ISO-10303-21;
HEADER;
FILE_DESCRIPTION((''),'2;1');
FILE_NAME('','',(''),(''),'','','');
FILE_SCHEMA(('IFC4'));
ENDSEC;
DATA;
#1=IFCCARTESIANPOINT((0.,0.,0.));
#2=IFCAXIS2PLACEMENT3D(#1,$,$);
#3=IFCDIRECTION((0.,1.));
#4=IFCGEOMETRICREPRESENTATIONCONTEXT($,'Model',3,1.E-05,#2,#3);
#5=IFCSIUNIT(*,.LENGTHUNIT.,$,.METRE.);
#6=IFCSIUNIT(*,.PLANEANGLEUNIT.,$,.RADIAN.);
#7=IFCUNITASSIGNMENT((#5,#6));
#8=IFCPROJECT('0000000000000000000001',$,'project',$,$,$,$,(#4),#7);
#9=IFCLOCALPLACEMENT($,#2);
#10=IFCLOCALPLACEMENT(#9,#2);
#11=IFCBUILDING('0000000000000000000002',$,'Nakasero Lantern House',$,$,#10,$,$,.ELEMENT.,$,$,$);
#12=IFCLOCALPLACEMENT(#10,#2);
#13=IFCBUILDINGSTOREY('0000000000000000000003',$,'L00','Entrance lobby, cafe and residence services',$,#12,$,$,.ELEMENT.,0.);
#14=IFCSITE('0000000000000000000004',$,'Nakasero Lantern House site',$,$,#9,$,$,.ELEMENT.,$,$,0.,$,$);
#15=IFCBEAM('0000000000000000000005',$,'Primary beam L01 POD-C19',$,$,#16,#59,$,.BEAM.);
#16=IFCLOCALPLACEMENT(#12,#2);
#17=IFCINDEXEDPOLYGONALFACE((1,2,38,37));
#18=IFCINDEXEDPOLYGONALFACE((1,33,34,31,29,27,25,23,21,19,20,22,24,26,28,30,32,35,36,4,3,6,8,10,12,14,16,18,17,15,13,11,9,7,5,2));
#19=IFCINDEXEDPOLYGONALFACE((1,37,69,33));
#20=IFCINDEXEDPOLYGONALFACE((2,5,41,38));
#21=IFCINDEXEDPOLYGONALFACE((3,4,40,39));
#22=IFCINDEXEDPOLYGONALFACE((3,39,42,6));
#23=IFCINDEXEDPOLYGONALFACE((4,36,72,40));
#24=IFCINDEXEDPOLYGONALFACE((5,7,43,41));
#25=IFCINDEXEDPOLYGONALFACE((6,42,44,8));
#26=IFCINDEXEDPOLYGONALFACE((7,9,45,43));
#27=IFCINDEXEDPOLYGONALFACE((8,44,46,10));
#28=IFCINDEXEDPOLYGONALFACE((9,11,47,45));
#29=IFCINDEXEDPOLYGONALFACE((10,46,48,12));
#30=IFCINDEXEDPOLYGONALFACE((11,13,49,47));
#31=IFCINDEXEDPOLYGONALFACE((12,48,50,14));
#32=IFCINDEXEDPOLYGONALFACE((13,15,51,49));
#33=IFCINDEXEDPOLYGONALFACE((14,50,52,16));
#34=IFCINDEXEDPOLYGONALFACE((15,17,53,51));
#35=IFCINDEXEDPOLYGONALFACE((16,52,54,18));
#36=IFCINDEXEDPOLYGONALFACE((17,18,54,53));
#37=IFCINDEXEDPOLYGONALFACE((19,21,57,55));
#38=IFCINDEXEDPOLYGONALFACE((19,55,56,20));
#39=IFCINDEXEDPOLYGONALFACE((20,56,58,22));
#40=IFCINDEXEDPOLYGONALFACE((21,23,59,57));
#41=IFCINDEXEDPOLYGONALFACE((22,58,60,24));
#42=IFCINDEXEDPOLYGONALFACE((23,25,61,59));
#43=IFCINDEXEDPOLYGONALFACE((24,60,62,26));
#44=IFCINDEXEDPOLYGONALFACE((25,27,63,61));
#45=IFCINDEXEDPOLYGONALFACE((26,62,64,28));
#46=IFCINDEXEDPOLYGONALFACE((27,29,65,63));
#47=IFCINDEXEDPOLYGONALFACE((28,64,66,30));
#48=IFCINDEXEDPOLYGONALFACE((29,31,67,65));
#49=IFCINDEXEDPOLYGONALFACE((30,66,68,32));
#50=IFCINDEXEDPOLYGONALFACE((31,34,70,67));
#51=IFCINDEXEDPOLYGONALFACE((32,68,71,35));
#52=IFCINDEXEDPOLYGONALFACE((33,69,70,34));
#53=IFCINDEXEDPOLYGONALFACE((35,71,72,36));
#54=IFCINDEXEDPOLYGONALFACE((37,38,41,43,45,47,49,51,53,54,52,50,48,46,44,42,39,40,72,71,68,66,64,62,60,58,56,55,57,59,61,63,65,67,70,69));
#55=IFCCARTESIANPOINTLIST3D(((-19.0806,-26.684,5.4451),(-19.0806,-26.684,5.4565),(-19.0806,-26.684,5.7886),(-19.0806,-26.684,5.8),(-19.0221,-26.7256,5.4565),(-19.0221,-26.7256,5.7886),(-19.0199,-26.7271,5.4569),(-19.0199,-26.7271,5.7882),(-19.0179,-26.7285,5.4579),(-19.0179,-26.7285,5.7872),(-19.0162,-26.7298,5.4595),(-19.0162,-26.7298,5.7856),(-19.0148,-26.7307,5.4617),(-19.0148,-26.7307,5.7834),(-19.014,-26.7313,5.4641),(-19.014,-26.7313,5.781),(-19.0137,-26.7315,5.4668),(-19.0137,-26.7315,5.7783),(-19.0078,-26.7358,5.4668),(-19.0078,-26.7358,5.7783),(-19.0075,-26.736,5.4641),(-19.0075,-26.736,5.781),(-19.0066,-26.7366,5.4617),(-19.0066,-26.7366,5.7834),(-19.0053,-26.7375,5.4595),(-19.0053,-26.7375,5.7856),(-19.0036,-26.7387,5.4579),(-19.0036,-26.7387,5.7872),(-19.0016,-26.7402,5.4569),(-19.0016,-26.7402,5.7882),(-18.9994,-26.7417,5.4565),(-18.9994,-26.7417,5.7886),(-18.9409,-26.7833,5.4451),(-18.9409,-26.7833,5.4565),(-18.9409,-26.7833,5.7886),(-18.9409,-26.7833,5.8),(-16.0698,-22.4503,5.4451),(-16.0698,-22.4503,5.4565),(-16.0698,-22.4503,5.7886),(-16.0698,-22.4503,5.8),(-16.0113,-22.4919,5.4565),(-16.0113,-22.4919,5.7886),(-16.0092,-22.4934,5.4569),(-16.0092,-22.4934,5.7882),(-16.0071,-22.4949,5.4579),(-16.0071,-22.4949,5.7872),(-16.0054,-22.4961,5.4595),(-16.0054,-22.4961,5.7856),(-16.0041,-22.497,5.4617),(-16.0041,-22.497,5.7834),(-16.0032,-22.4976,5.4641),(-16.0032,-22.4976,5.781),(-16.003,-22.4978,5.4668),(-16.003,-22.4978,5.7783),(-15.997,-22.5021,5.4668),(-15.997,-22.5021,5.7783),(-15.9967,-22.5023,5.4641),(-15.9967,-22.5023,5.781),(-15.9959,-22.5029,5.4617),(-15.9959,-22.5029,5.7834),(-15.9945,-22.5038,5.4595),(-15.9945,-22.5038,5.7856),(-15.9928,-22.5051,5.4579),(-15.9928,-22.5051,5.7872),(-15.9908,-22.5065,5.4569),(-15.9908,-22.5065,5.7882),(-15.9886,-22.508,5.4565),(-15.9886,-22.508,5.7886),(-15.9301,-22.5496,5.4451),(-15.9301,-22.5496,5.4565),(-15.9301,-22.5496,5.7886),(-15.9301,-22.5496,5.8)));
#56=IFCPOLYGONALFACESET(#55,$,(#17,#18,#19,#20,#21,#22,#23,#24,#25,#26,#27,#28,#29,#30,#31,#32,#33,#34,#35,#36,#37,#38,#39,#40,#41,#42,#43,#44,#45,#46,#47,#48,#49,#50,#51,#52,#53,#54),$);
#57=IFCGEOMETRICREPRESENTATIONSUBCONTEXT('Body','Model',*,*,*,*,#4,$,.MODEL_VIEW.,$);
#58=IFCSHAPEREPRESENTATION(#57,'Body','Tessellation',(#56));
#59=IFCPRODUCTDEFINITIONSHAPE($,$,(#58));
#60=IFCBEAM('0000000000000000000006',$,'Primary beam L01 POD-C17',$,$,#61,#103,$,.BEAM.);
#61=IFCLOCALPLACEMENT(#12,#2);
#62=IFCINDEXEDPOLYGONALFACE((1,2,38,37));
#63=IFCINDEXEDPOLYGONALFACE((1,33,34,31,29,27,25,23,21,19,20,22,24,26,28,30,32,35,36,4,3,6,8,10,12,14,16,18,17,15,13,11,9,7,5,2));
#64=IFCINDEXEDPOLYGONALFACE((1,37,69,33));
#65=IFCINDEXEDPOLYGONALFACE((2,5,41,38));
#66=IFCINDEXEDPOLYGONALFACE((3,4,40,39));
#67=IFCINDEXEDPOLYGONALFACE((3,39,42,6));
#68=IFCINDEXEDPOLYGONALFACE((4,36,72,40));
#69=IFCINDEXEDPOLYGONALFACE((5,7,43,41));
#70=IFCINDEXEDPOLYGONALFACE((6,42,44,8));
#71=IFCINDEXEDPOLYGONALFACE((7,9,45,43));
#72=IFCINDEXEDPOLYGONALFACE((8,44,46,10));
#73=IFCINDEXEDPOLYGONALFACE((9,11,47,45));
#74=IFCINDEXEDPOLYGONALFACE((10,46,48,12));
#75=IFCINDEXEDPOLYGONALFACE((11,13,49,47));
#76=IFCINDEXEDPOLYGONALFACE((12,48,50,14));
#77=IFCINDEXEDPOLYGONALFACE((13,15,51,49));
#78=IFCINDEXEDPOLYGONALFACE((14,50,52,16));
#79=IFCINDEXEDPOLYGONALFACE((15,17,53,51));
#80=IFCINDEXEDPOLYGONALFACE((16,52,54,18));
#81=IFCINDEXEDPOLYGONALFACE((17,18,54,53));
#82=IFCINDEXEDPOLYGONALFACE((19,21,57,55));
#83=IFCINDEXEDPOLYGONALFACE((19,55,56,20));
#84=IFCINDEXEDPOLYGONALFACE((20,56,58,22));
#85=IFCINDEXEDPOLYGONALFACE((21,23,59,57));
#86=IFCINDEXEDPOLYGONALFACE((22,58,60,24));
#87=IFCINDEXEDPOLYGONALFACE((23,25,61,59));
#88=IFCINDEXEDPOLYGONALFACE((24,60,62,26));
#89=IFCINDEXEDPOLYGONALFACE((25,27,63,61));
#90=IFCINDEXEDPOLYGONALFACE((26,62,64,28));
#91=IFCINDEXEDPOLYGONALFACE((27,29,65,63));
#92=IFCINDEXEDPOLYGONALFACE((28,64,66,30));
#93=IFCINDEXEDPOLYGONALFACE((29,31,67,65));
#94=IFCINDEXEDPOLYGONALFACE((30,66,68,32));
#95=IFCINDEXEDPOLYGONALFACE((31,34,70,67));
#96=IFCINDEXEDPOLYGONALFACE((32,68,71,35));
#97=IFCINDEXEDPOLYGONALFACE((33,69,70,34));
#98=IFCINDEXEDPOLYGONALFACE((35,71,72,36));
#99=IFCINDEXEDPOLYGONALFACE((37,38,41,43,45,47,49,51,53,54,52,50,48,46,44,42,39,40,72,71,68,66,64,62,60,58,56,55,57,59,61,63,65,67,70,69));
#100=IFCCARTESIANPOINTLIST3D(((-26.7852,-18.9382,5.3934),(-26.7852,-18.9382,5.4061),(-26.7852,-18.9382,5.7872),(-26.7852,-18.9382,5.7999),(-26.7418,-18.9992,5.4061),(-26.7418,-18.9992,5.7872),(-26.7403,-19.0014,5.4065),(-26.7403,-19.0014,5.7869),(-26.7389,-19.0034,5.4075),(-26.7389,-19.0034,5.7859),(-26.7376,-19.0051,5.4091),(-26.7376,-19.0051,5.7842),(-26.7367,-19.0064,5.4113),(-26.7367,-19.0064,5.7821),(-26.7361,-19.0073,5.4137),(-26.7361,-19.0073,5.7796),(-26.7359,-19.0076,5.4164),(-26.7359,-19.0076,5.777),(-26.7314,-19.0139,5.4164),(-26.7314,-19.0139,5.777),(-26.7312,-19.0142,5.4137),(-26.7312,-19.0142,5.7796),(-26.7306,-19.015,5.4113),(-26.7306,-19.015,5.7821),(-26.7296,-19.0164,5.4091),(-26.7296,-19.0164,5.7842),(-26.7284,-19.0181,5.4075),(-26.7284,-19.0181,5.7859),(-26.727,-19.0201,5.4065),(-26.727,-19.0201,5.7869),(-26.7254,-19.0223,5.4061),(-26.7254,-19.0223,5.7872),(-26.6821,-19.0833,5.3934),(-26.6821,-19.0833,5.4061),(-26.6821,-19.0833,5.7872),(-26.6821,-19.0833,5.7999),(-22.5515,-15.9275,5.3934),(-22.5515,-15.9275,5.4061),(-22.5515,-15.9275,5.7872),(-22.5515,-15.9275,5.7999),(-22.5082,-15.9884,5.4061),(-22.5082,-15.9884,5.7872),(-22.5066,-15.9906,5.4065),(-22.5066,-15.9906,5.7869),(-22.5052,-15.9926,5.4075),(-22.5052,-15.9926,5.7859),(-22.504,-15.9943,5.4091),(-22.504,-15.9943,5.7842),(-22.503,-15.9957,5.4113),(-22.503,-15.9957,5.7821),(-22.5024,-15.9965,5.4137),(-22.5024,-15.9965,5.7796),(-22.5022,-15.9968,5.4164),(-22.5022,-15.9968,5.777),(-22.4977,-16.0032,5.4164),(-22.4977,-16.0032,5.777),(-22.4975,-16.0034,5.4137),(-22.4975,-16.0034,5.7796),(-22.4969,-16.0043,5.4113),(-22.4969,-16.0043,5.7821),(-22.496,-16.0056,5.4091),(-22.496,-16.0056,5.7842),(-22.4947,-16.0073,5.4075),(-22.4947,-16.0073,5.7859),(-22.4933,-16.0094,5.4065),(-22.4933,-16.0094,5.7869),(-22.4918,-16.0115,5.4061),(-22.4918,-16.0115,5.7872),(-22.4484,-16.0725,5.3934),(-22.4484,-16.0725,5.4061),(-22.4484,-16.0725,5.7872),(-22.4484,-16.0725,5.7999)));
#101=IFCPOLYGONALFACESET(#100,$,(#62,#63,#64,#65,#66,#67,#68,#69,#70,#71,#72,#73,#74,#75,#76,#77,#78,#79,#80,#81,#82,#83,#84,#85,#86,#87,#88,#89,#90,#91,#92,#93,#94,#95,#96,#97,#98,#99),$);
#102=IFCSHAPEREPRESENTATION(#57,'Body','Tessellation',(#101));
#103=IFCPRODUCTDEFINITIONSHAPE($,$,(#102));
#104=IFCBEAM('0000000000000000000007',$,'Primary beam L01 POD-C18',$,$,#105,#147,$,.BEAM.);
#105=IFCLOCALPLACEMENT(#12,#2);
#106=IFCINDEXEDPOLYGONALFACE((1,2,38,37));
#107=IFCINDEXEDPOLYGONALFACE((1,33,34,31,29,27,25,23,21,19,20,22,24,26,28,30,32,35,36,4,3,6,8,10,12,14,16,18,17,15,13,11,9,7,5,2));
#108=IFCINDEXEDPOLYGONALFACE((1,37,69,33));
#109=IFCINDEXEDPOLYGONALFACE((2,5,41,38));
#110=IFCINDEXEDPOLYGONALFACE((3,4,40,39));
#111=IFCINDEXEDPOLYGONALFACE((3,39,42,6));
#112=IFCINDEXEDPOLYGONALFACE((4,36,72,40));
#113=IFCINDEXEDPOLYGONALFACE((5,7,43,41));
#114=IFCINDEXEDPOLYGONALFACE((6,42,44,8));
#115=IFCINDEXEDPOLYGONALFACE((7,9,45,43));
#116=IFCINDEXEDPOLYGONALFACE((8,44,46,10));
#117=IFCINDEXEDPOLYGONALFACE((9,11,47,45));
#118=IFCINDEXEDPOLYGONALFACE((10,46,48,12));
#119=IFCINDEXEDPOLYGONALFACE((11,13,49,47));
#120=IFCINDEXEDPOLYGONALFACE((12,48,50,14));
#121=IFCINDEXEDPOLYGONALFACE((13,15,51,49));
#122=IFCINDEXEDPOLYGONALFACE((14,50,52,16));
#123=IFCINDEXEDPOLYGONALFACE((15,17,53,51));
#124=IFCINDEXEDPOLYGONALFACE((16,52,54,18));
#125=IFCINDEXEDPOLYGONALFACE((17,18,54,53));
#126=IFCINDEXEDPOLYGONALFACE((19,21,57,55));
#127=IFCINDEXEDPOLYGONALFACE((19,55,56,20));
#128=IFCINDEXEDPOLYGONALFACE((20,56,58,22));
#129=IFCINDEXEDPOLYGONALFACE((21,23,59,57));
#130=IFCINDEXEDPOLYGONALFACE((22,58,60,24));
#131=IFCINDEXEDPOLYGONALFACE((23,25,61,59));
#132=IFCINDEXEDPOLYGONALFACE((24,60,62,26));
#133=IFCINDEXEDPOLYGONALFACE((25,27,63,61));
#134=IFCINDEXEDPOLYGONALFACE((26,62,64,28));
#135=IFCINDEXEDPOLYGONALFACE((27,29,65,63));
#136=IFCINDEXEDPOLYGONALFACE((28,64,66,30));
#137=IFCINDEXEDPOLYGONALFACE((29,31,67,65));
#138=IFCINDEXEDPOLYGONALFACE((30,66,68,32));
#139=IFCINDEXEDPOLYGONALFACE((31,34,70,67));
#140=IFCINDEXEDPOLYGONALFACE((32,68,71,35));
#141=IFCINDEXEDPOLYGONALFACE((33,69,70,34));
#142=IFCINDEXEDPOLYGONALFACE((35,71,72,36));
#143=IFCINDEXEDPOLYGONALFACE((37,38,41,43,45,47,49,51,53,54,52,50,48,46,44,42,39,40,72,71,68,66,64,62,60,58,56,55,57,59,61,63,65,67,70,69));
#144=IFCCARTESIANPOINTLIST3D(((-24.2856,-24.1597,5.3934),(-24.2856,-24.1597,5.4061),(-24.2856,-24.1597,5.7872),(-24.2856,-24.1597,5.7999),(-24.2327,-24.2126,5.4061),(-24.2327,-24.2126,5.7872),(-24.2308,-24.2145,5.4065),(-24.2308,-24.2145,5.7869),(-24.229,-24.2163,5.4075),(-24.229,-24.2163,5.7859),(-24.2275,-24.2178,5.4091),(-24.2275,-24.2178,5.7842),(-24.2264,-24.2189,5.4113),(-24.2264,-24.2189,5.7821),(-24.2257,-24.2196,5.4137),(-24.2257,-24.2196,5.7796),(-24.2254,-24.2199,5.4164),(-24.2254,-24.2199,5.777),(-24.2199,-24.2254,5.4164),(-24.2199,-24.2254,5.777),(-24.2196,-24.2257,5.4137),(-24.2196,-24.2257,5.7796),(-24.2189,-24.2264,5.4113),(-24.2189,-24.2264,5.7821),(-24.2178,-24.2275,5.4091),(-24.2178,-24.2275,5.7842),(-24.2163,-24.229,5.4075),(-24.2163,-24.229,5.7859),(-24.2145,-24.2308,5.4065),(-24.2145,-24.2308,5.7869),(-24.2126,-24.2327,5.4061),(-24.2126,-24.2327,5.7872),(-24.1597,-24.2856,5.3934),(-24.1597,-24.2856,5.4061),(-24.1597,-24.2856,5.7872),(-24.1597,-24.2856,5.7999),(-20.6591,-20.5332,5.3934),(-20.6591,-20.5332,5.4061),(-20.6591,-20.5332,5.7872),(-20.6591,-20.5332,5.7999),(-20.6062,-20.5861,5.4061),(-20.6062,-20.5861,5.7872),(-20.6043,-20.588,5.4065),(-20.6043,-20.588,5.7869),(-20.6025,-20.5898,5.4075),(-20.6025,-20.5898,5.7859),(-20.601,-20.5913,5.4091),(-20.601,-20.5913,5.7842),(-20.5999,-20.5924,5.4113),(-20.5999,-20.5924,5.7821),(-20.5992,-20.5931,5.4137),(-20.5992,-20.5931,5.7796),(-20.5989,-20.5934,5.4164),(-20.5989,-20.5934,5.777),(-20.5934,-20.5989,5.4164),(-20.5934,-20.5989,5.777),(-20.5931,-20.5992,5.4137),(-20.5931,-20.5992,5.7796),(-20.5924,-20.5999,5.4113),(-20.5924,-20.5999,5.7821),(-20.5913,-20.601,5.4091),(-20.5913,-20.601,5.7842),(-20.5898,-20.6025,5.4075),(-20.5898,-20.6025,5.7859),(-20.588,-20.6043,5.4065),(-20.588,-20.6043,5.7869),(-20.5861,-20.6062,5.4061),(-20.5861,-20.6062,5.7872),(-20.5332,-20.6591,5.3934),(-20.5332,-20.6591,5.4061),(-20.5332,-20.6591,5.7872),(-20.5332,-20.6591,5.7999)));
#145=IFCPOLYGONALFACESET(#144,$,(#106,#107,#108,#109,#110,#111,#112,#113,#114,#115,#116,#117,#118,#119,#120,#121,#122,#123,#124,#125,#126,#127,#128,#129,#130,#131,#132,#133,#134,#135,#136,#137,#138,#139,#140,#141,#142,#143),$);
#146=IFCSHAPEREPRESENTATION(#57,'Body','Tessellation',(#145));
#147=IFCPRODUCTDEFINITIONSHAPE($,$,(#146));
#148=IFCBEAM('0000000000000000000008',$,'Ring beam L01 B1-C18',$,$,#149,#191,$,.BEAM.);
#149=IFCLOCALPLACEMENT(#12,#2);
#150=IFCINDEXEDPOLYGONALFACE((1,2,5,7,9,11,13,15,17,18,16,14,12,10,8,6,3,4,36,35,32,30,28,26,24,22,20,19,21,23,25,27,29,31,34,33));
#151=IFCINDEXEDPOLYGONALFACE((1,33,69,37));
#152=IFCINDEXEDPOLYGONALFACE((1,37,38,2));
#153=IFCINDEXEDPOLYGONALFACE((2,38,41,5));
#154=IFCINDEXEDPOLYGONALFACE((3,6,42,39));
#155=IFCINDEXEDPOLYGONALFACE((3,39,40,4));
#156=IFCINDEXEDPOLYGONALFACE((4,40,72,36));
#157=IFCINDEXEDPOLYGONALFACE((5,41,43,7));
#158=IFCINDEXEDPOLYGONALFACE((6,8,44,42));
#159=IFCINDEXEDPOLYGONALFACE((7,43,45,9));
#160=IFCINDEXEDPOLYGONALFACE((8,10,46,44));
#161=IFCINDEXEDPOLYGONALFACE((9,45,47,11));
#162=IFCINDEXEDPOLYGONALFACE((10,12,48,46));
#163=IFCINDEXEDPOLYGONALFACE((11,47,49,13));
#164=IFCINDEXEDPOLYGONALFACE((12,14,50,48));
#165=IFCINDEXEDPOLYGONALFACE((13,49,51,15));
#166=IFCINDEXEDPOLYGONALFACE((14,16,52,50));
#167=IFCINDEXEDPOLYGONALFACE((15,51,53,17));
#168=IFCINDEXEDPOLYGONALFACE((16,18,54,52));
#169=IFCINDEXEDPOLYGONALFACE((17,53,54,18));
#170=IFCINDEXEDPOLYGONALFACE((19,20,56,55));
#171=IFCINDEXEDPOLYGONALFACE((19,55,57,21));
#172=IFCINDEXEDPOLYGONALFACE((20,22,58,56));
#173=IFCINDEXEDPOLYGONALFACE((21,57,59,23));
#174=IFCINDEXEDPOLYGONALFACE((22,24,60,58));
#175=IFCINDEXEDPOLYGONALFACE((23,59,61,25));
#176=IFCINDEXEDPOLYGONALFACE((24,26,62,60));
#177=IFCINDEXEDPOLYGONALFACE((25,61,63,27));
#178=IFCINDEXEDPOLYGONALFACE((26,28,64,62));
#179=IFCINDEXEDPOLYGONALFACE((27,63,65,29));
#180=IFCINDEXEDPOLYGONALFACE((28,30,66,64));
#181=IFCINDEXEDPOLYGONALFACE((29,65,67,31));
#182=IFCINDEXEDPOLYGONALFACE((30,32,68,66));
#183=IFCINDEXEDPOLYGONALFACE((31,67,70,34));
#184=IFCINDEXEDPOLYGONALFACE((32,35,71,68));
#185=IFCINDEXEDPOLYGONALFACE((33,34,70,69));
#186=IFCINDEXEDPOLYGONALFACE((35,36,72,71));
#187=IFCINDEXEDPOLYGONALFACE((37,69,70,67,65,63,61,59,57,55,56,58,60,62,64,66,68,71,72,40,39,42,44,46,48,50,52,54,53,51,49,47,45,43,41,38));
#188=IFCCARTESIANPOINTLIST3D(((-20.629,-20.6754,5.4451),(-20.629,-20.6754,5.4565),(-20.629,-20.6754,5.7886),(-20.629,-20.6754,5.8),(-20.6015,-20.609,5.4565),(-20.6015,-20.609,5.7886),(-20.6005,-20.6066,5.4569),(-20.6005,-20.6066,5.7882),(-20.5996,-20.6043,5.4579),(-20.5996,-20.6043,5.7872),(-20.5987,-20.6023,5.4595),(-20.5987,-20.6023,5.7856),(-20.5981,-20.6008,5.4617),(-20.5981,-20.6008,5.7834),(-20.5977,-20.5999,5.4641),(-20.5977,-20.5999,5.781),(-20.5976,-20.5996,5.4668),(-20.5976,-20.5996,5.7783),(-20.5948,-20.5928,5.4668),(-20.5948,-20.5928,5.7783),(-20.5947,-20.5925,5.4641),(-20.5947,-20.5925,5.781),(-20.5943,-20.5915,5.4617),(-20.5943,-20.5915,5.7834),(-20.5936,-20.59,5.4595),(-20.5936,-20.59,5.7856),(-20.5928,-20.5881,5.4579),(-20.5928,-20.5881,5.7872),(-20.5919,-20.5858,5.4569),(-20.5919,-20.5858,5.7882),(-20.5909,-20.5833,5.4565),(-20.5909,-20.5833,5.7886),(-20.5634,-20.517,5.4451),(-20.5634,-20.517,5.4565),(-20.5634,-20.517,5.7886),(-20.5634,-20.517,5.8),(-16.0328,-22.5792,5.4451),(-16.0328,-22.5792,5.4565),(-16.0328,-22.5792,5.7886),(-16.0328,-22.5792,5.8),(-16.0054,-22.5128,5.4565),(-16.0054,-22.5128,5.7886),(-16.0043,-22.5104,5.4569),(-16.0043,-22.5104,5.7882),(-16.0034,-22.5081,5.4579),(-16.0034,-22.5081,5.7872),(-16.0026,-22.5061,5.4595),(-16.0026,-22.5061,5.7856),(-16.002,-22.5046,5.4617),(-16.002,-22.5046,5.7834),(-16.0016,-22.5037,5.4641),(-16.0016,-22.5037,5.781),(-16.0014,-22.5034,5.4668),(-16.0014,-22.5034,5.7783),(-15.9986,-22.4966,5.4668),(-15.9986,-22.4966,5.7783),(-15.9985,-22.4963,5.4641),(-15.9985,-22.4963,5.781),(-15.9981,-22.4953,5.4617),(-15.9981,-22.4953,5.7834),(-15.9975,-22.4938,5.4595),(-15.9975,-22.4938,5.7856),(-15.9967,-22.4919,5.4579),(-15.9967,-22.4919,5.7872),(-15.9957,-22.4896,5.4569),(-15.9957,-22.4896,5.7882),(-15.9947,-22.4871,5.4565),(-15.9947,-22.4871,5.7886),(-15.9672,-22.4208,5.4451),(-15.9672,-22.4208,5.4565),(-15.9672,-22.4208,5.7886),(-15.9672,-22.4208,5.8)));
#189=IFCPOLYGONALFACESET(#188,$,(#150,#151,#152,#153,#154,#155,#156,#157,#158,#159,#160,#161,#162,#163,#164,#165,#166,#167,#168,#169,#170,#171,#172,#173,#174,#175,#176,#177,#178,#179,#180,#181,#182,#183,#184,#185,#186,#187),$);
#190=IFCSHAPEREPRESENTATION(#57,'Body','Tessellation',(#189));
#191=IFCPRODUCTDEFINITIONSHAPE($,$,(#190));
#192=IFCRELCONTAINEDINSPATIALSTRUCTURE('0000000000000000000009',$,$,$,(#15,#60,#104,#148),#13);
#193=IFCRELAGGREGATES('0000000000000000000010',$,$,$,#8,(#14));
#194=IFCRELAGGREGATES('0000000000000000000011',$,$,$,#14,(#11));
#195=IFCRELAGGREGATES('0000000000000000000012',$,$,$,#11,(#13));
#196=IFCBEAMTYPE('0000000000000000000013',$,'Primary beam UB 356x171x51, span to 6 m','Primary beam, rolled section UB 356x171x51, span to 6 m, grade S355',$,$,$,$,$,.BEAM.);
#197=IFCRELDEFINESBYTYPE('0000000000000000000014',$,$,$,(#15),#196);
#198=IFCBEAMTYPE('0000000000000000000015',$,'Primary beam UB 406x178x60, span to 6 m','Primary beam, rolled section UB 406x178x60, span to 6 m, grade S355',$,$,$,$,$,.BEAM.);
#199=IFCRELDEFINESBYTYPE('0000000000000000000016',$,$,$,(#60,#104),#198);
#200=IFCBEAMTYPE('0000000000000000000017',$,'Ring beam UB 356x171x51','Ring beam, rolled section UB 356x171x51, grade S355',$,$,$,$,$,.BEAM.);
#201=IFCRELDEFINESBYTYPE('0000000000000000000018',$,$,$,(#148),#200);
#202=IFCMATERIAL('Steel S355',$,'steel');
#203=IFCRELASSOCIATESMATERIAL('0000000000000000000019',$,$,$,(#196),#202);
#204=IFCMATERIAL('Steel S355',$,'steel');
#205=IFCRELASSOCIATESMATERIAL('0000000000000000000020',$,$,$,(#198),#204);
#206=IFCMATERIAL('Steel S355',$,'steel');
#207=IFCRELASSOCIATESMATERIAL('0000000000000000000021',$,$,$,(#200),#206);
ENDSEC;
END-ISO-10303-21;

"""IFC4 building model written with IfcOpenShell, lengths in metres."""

from ifc_helpers import new_model, si_unit, direction, frame, origin, origin_2d, place, context, subcontext, project, spatial, i_section, extrude, material, material_profile, profile_set, type_object, element, save


model = new_model("IFC4")

# Units and contexts
model_context = context("Model", 3, precision=1e-05, world=origin(), true_north=direction((0.0, 1.0)))
body_context = subcontext(model_context, "Body", "Model", "MODEL_VIEW")
ifc_project = project(units=[si_unit("LENGTHUNIT", "METRE"), si_unit("PLANEANGLEUNIT", "RADIAN")], contexts=[model_context])

# Site, building, storey
site_placement = place(None, origin())
site = spatial("IfcSite", under=ifc_project, at=site_placement, Name="Nakasero Lantern House site", CompositionType="ELEMENT", RefElevation=0.0)
building_placement = place(site_placement, origin())
building = spatial("IfcBuilding", under=site, at=building_placement, Name="Nakasero Lantern House", CompositionType="ELEMENT")
storey_placement = place(building_placement, origin())
storey = spatial("IfcBuildingStorey", under=building, at=storey_placement, Name="L00", Description="Entrance lobby, cafe and residence services", CompositionType="ELEMENT", Elevation=0.0)

# Beams
ifc_material_1 = material(Name="Steel S355", Category="steel")
ifc_material_profile_1 = material_profile(ifc_material_1, i_section(OverallWidth=0.1714, OverallDepth=0.355, WebThickness=0.0073, FlangeThickness=0.0115, FilletRadius=0.0103, at=origin_2d()), Name="UB 356x171x51")
ifc_profile_set_1 = profile_set([ifc_material_profile_1], Name="Steel S355")
beam_type_1 = type_object("IfcBeamType", Name="Primary beam UB 356x171x51, span to 6 m", Description="Primary beam, rolled section UB 356x171x51, span to 6 m, grade S355", PredefinedType="BEAM", material=ifc_profile_set_1)
beam_1_placement = place(storey_placement, frame((-19.0107, -26.7336, 5.6226), z_axis=(0.579543, 0.814942, 0.0), x_axis=(-0.814942, 0.579543, 0.0)))
element("IfcBeam", 1, at=beam_1_placement, inside=storey, type_object=beam_type_1, Name="Primary beam L01 POD-C19", PredefinedType="BEAM", context=body_context, shape_type="SweptSolid", body=[
    extrude(i_section(OverallWidth=0.1714, OverallDepth=0.355, WebThickness=0.0073, FlangeThickness=0.0115, FilletRadius=0.0103, at=origin_2d()), origin(), (0.0, 0.0, 1.0), 5.1951),
])
ifc_material_2 = material(Name="Steel S355", Category="steel")
ifc_material_profile_2 = material_profile(ifc_material_2, i_section(OverallWidth=0.178, OverallDepth=0.4065, WebThickness=0.0078, FlangeThickness=0.0127, FilletRadius=0.0103, at=origin_2d()), Name="UB 406x178x60")
ifc_profile_set_2 = profile_set([ifc_material_profile_2], Name="Steel S355")
beam_type_2 = type_object("IfcBeamType", Name="Primary beam UB 406x178x60, span to 6 m", Description="Primary beam, rolled section UB 406x178x60, span to 6 m, grade S355", PredefinedType="BEAM", material=ifc_profile_set_2)
beam_2_placement = place(storey_placement, frame((-26.7336, -19.0107, 5.5967), z_axis=(0.814942, 0.579543, 0.0), x_axis=(-0.579543, 0.814942, 0.0)))
element("IfcBeam", 2, at=beam_2_placement, inside=storey, type_object=beam_type_2, Name="Primary beam L01 POD-C17", PredefinedType="BEAM", context=body_context, shape_type="SweptSolid", body=[
    extrude(i_section(OverallWidth=0.178, OverallDepth=0.4065, WebThickness=0.0078, FlangeThickness=0.0127, FilletRadius=0.0103, at=origin_2d()), origin(), (0.0, 0.0, 1.0), 5.1951),
])
beam_3_placement = place(storey_placement, frame((-24.2227, -24.2227, 5.5967), z_axis=(0.707107, 0.707107, 0.0), x_axis=(-0.707107, 0.707107, 0.0)))
element("IfcBeam", 3, at=beam_3_placement, inside=storey, type_object=beam_type_2, Name="Primary beam L01 POD-C18", PredefinedType="BEAM", context=body_context, shape_type="SweptSolid", body=[
    extrude(i_section(OverallWidth=0.178, OverallDepth=0.4065, WebThickness=0.0078, FlangeThickness=0.0127, FilletRadius=0.0103, at=origin_2d()), origin(), (0.0, 0.0, 1.0), 5.1287),
])
ifc_material_3 = material(Name="Steel S355", Category="steel")
ifc_material_profile_3 = material_profile(ifc_material_3, i_section(OverallWidth=0.1714, OverallDepth=0.355, WebThickness=0.0073, FlangeThickness=0.0115, FilletRadius=0.0103, at=origin_2d()), Name="UB 356x171x51")
ifc_profile_set_3 = profile_set([ifc_material_profile_3], Name="Steel S355")
beam_type_3 = type_object("IfcBeamType", Name="Ring beam UB 356x171x51", Description="Ring beam, rolled section UB 356x171x51, grade S355", PredefinedType="BEAM", material=ifc_profile_set_3)
beam_4_placement = place(storey_placement, frame((-20.5962, -20.5962, 5.6226), z_axis=(0.923879, -0.382684, 0.0), x_axis=(0.382684, 0.923879, 0.0)))
element("IfcBeam", 4, at=beam_4_placement, inside=storey, type_object=beam_type_3, Name="Ring beam L01 B1-C18", PredefinedType="BEAM", context=body_context, shape_type="SweptSolid", body=[
    extrude(i_section(OverallWidth=0.1714, OverallDepth=0.355, WebThickness=0.0073, FlangeThickness=0.0115, FilletRadius=0.0103, at=origin_2d()), origin(), (0.0, 0.0, 1.0), 4.9749),
])

save(model, "model.ifc")
